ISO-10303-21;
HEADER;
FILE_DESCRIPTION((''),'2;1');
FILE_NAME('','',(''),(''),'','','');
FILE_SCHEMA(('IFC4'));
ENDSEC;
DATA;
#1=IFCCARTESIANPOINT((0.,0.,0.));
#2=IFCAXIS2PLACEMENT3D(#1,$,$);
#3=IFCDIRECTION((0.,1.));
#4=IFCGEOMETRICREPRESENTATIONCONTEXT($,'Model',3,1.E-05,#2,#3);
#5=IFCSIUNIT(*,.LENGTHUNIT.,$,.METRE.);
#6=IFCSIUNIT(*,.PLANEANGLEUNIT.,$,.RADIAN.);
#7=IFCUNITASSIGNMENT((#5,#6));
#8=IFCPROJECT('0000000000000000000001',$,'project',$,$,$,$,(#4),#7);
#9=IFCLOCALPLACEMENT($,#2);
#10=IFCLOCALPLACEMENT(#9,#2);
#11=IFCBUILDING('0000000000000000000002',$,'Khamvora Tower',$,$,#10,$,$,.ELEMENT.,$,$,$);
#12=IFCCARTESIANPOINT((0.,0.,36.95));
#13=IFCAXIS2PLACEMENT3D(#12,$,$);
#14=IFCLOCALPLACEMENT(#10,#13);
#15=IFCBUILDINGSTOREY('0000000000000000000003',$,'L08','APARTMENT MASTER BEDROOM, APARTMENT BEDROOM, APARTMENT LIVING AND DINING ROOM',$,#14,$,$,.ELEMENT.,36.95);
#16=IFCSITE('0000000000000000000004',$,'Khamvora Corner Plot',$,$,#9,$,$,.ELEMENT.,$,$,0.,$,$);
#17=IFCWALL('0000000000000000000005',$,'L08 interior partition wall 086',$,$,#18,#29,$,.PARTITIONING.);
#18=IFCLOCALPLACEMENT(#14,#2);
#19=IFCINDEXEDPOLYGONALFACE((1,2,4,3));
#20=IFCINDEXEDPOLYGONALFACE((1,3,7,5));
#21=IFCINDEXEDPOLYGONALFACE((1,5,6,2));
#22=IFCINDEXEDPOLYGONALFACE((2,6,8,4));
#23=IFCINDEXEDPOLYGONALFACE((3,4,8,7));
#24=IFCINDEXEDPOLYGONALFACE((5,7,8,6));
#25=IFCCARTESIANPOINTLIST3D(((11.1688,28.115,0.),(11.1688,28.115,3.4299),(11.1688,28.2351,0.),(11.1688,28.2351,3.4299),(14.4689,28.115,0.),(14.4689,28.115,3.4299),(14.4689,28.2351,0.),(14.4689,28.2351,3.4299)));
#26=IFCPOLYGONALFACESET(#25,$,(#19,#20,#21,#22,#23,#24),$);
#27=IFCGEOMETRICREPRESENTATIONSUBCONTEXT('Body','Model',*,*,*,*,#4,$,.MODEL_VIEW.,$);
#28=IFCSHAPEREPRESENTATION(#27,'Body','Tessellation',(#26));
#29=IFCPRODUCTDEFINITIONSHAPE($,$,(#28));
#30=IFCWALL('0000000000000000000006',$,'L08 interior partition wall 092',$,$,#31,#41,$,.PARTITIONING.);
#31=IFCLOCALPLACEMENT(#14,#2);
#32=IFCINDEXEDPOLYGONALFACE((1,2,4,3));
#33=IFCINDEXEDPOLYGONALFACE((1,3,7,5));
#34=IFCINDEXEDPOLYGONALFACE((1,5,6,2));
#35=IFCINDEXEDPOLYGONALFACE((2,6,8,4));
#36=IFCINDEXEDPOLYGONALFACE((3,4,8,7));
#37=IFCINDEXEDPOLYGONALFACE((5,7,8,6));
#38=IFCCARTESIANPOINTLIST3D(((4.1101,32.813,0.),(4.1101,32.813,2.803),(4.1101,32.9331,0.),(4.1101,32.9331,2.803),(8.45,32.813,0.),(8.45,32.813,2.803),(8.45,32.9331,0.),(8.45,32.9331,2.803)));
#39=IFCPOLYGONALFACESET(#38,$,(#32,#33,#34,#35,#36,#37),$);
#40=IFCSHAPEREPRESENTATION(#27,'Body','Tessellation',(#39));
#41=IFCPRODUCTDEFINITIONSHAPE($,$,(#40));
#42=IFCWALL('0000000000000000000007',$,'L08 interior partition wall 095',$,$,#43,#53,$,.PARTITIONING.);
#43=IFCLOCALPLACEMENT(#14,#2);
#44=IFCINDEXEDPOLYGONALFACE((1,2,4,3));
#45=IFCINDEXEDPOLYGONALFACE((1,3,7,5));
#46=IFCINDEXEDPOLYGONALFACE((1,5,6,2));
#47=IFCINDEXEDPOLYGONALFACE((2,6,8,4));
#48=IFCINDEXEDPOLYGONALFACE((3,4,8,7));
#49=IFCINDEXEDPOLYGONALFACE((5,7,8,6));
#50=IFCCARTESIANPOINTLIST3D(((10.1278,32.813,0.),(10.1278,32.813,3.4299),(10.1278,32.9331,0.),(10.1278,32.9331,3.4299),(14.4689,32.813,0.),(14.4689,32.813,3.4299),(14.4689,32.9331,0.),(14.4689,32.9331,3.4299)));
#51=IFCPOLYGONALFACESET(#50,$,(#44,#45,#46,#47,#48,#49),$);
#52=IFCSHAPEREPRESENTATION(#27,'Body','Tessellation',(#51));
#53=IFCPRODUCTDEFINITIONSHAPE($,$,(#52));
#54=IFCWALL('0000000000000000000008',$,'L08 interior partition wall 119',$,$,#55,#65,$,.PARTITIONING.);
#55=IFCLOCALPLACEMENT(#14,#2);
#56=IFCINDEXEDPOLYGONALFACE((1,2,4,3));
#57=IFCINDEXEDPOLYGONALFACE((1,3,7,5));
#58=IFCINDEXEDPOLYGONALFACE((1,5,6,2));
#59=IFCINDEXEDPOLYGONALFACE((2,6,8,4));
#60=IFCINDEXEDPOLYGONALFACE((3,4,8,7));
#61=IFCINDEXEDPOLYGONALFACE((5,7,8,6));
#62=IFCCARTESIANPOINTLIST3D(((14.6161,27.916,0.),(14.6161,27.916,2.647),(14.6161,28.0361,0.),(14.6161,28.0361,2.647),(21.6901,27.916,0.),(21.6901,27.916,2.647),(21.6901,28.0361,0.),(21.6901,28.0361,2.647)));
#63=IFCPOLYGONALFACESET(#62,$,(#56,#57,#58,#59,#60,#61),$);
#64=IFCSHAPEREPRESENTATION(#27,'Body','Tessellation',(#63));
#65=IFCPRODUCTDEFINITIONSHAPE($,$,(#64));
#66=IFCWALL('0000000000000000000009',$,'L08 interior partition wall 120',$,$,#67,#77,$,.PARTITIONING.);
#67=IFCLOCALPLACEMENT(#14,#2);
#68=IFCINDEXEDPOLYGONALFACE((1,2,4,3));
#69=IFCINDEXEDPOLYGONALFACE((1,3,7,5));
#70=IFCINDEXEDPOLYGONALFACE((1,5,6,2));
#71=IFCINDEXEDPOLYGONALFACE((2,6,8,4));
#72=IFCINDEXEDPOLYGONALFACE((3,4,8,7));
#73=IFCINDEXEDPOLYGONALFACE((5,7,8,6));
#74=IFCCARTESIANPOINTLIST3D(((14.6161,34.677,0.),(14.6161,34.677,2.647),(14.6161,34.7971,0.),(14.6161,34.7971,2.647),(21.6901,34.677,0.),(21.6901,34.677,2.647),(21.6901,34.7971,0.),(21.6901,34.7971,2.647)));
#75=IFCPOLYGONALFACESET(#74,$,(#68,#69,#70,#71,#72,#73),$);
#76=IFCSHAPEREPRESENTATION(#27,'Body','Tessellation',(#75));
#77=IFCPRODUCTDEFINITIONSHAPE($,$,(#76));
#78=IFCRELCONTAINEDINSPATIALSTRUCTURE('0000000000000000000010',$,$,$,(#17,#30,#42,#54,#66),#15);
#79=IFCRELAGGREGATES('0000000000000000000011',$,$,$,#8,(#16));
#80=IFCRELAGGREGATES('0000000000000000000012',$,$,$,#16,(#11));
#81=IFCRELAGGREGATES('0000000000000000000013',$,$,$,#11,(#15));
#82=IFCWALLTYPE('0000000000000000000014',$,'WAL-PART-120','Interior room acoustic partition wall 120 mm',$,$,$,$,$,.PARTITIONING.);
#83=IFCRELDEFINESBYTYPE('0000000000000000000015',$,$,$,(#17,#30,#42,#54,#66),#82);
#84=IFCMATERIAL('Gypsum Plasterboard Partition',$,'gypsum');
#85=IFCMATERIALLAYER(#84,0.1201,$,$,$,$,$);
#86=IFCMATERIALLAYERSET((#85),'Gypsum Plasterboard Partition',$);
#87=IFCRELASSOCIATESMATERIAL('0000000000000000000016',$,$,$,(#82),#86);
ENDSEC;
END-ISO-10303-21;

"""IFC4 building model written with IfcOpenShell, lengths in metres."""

from ifc_helpers import new_model, si_unit, direction, frame, frame_2d, origin, place, context, subcontext, project, spatial, rectangle, extrude, material, layer, layer_set, type_object, element, save


model = new_model("IFC4")

# Units and contexts
model_context = context("Model", 3, precision=1e-05, world=origin(), true_north=direction((0.0, 1.0)))
body_context = subcontext(model_context, "Body", "Model", "MODEL_VIEW")
ifc_project = project(units=[si_unit("LENGTHUNIT", "METRE"), si_unit("PLANEANGLEUNIT", "RADIAN")], contexts=[model_context])

# Site, building, storey
site_placement = place(None, origin())
site = spatial("IfcSite", under=ifc_project, at=site_placement, Name="Khamvora Corner Plot", CompositionType="ELEMENT", RefElevation=0.0)
building_placement = place(site_placement, origin())
building = spatial("IfcBuilding", under=site, at=building_placement, Name="Khamvora Tower", CompositionType="ELEMENT")
storey_placement = place(building_placement, frame((0.0, 0.0, 36.95)))
storey = spatial("IfcBuildingStorey", under=building, at=storey_placement, Name="L08", Description="APARTMENT MASTER BEDROOM, APARTMENT BEDROOM, APARTMENT LIVING AND DINING ROOM", CompositionType="ELEMENT", Elevation=36.95)

# Shared definitions
ifc_material_1 = material(Name="Gypsum Plasterboard Partition", Category="gypsum")
ifc_layer_1 = layer(ifc_material_1, 0.1201)
ifc_layer_set_1 = layer_set([ifc_layer_1], Name="Gypsum Plasterboard Partition")
wall_type_1 = type_object("IfcWallType", Name="WAL-PART-120", Description="Interior room acoustic partition wall 120 mm", PredefinedType="PARTITIONING", material=ifc_layer_set_1)

# Walls
wall_1_placement = place(storey_placement, frame((11.1689, 28.175, 0.0), z_axis=(0.0, 0.0, 1.0), x_axis=(1.0, 0.0, 0.0)))
element("IfcWall", 1, at=wall_1_placement, inside=storey, type_object=wall_type_1, Name="L08 interior partition wall 086", PredefinedType="PARTITIONING", context=body_context, shape_type="SweptSolid", body=[
    extrude(rectangle(XDim=3.3, YDim=0.1201, at=frame_2d((1.6499, 0.0))), origin(), (0.0, 0.0, 1.0), 3.4299),
])
wall_2_placement = place(storey_placement, frame((4.1101, 32.873, 0.0), z_axis=(0.0, 0.0, 1.0), x_axis=(1.0, 0.0, 0.0)))
element("IfcWall", 2, at=wall_2_placement, inside=storey, type_object=wall_type_1, Name="L08 interior partition wall 092", PredefinedType="PARTITIONING", context=body_context, shape_type="SweptSolid", body=[
    extrude(rectangle(XDim=4.3398, YDim=0.1201, at=frame_2d((2.1699, 0.0))), origin(), (0.0, 0.0, 1.0), 2.803),
])
wall_3_placement = place(storey_placement, frame((10.1279, 32.873, 0.0), z_axis=(0.0, 0.0, 1.0), x_axis=(1.0, 0.0, 0.0)))
element("IfcWall", 3, at=wall_3_placement, inside=storey, type_object=wall_type_1, Name="L08 interior partition wall 095", PredefinedType="PARTITIONING", context=body_context, shape_type="SweptSolid", body=[
    extrude(rectangle(XDim=4.3411, YDim=0.1201, at=frame_2d((2.1704, 0.0))), origin(), (0.0, 0.0, 1.0), 3.4299),
])
for number, where, z_axis, x_axis, name in (
    (4, (14.616, 27.9761, 0.0), (0.0, 0.0, 1.0), (1.0, 0.0, 0.0), "L08 interior partition wall 119"),
    (5, (14.616, 34.7371, 0.0), (0.0, 0.0, 1.0), (1.0, 0.0, 0.0), "L08 interior partition wall 120"),
):
    element("IfcWall", number, at=place(storey_placement, frame(where, z_axis=z_axis, x_axis=x_axis)), inside=storey, type_object=wall_type_1, Name=name, PredefinedType="PARTITIONING", context=body_context, shape_type="SweptSolid", body=[
        extrude(rectangle(XDim=7.074, YDim=0.1201, at=frame_2d((3.5371, 0.0))), origin(), (0.0, 0.0, 1.0), 2.647),
    ])

save(model, "model.ifc")
